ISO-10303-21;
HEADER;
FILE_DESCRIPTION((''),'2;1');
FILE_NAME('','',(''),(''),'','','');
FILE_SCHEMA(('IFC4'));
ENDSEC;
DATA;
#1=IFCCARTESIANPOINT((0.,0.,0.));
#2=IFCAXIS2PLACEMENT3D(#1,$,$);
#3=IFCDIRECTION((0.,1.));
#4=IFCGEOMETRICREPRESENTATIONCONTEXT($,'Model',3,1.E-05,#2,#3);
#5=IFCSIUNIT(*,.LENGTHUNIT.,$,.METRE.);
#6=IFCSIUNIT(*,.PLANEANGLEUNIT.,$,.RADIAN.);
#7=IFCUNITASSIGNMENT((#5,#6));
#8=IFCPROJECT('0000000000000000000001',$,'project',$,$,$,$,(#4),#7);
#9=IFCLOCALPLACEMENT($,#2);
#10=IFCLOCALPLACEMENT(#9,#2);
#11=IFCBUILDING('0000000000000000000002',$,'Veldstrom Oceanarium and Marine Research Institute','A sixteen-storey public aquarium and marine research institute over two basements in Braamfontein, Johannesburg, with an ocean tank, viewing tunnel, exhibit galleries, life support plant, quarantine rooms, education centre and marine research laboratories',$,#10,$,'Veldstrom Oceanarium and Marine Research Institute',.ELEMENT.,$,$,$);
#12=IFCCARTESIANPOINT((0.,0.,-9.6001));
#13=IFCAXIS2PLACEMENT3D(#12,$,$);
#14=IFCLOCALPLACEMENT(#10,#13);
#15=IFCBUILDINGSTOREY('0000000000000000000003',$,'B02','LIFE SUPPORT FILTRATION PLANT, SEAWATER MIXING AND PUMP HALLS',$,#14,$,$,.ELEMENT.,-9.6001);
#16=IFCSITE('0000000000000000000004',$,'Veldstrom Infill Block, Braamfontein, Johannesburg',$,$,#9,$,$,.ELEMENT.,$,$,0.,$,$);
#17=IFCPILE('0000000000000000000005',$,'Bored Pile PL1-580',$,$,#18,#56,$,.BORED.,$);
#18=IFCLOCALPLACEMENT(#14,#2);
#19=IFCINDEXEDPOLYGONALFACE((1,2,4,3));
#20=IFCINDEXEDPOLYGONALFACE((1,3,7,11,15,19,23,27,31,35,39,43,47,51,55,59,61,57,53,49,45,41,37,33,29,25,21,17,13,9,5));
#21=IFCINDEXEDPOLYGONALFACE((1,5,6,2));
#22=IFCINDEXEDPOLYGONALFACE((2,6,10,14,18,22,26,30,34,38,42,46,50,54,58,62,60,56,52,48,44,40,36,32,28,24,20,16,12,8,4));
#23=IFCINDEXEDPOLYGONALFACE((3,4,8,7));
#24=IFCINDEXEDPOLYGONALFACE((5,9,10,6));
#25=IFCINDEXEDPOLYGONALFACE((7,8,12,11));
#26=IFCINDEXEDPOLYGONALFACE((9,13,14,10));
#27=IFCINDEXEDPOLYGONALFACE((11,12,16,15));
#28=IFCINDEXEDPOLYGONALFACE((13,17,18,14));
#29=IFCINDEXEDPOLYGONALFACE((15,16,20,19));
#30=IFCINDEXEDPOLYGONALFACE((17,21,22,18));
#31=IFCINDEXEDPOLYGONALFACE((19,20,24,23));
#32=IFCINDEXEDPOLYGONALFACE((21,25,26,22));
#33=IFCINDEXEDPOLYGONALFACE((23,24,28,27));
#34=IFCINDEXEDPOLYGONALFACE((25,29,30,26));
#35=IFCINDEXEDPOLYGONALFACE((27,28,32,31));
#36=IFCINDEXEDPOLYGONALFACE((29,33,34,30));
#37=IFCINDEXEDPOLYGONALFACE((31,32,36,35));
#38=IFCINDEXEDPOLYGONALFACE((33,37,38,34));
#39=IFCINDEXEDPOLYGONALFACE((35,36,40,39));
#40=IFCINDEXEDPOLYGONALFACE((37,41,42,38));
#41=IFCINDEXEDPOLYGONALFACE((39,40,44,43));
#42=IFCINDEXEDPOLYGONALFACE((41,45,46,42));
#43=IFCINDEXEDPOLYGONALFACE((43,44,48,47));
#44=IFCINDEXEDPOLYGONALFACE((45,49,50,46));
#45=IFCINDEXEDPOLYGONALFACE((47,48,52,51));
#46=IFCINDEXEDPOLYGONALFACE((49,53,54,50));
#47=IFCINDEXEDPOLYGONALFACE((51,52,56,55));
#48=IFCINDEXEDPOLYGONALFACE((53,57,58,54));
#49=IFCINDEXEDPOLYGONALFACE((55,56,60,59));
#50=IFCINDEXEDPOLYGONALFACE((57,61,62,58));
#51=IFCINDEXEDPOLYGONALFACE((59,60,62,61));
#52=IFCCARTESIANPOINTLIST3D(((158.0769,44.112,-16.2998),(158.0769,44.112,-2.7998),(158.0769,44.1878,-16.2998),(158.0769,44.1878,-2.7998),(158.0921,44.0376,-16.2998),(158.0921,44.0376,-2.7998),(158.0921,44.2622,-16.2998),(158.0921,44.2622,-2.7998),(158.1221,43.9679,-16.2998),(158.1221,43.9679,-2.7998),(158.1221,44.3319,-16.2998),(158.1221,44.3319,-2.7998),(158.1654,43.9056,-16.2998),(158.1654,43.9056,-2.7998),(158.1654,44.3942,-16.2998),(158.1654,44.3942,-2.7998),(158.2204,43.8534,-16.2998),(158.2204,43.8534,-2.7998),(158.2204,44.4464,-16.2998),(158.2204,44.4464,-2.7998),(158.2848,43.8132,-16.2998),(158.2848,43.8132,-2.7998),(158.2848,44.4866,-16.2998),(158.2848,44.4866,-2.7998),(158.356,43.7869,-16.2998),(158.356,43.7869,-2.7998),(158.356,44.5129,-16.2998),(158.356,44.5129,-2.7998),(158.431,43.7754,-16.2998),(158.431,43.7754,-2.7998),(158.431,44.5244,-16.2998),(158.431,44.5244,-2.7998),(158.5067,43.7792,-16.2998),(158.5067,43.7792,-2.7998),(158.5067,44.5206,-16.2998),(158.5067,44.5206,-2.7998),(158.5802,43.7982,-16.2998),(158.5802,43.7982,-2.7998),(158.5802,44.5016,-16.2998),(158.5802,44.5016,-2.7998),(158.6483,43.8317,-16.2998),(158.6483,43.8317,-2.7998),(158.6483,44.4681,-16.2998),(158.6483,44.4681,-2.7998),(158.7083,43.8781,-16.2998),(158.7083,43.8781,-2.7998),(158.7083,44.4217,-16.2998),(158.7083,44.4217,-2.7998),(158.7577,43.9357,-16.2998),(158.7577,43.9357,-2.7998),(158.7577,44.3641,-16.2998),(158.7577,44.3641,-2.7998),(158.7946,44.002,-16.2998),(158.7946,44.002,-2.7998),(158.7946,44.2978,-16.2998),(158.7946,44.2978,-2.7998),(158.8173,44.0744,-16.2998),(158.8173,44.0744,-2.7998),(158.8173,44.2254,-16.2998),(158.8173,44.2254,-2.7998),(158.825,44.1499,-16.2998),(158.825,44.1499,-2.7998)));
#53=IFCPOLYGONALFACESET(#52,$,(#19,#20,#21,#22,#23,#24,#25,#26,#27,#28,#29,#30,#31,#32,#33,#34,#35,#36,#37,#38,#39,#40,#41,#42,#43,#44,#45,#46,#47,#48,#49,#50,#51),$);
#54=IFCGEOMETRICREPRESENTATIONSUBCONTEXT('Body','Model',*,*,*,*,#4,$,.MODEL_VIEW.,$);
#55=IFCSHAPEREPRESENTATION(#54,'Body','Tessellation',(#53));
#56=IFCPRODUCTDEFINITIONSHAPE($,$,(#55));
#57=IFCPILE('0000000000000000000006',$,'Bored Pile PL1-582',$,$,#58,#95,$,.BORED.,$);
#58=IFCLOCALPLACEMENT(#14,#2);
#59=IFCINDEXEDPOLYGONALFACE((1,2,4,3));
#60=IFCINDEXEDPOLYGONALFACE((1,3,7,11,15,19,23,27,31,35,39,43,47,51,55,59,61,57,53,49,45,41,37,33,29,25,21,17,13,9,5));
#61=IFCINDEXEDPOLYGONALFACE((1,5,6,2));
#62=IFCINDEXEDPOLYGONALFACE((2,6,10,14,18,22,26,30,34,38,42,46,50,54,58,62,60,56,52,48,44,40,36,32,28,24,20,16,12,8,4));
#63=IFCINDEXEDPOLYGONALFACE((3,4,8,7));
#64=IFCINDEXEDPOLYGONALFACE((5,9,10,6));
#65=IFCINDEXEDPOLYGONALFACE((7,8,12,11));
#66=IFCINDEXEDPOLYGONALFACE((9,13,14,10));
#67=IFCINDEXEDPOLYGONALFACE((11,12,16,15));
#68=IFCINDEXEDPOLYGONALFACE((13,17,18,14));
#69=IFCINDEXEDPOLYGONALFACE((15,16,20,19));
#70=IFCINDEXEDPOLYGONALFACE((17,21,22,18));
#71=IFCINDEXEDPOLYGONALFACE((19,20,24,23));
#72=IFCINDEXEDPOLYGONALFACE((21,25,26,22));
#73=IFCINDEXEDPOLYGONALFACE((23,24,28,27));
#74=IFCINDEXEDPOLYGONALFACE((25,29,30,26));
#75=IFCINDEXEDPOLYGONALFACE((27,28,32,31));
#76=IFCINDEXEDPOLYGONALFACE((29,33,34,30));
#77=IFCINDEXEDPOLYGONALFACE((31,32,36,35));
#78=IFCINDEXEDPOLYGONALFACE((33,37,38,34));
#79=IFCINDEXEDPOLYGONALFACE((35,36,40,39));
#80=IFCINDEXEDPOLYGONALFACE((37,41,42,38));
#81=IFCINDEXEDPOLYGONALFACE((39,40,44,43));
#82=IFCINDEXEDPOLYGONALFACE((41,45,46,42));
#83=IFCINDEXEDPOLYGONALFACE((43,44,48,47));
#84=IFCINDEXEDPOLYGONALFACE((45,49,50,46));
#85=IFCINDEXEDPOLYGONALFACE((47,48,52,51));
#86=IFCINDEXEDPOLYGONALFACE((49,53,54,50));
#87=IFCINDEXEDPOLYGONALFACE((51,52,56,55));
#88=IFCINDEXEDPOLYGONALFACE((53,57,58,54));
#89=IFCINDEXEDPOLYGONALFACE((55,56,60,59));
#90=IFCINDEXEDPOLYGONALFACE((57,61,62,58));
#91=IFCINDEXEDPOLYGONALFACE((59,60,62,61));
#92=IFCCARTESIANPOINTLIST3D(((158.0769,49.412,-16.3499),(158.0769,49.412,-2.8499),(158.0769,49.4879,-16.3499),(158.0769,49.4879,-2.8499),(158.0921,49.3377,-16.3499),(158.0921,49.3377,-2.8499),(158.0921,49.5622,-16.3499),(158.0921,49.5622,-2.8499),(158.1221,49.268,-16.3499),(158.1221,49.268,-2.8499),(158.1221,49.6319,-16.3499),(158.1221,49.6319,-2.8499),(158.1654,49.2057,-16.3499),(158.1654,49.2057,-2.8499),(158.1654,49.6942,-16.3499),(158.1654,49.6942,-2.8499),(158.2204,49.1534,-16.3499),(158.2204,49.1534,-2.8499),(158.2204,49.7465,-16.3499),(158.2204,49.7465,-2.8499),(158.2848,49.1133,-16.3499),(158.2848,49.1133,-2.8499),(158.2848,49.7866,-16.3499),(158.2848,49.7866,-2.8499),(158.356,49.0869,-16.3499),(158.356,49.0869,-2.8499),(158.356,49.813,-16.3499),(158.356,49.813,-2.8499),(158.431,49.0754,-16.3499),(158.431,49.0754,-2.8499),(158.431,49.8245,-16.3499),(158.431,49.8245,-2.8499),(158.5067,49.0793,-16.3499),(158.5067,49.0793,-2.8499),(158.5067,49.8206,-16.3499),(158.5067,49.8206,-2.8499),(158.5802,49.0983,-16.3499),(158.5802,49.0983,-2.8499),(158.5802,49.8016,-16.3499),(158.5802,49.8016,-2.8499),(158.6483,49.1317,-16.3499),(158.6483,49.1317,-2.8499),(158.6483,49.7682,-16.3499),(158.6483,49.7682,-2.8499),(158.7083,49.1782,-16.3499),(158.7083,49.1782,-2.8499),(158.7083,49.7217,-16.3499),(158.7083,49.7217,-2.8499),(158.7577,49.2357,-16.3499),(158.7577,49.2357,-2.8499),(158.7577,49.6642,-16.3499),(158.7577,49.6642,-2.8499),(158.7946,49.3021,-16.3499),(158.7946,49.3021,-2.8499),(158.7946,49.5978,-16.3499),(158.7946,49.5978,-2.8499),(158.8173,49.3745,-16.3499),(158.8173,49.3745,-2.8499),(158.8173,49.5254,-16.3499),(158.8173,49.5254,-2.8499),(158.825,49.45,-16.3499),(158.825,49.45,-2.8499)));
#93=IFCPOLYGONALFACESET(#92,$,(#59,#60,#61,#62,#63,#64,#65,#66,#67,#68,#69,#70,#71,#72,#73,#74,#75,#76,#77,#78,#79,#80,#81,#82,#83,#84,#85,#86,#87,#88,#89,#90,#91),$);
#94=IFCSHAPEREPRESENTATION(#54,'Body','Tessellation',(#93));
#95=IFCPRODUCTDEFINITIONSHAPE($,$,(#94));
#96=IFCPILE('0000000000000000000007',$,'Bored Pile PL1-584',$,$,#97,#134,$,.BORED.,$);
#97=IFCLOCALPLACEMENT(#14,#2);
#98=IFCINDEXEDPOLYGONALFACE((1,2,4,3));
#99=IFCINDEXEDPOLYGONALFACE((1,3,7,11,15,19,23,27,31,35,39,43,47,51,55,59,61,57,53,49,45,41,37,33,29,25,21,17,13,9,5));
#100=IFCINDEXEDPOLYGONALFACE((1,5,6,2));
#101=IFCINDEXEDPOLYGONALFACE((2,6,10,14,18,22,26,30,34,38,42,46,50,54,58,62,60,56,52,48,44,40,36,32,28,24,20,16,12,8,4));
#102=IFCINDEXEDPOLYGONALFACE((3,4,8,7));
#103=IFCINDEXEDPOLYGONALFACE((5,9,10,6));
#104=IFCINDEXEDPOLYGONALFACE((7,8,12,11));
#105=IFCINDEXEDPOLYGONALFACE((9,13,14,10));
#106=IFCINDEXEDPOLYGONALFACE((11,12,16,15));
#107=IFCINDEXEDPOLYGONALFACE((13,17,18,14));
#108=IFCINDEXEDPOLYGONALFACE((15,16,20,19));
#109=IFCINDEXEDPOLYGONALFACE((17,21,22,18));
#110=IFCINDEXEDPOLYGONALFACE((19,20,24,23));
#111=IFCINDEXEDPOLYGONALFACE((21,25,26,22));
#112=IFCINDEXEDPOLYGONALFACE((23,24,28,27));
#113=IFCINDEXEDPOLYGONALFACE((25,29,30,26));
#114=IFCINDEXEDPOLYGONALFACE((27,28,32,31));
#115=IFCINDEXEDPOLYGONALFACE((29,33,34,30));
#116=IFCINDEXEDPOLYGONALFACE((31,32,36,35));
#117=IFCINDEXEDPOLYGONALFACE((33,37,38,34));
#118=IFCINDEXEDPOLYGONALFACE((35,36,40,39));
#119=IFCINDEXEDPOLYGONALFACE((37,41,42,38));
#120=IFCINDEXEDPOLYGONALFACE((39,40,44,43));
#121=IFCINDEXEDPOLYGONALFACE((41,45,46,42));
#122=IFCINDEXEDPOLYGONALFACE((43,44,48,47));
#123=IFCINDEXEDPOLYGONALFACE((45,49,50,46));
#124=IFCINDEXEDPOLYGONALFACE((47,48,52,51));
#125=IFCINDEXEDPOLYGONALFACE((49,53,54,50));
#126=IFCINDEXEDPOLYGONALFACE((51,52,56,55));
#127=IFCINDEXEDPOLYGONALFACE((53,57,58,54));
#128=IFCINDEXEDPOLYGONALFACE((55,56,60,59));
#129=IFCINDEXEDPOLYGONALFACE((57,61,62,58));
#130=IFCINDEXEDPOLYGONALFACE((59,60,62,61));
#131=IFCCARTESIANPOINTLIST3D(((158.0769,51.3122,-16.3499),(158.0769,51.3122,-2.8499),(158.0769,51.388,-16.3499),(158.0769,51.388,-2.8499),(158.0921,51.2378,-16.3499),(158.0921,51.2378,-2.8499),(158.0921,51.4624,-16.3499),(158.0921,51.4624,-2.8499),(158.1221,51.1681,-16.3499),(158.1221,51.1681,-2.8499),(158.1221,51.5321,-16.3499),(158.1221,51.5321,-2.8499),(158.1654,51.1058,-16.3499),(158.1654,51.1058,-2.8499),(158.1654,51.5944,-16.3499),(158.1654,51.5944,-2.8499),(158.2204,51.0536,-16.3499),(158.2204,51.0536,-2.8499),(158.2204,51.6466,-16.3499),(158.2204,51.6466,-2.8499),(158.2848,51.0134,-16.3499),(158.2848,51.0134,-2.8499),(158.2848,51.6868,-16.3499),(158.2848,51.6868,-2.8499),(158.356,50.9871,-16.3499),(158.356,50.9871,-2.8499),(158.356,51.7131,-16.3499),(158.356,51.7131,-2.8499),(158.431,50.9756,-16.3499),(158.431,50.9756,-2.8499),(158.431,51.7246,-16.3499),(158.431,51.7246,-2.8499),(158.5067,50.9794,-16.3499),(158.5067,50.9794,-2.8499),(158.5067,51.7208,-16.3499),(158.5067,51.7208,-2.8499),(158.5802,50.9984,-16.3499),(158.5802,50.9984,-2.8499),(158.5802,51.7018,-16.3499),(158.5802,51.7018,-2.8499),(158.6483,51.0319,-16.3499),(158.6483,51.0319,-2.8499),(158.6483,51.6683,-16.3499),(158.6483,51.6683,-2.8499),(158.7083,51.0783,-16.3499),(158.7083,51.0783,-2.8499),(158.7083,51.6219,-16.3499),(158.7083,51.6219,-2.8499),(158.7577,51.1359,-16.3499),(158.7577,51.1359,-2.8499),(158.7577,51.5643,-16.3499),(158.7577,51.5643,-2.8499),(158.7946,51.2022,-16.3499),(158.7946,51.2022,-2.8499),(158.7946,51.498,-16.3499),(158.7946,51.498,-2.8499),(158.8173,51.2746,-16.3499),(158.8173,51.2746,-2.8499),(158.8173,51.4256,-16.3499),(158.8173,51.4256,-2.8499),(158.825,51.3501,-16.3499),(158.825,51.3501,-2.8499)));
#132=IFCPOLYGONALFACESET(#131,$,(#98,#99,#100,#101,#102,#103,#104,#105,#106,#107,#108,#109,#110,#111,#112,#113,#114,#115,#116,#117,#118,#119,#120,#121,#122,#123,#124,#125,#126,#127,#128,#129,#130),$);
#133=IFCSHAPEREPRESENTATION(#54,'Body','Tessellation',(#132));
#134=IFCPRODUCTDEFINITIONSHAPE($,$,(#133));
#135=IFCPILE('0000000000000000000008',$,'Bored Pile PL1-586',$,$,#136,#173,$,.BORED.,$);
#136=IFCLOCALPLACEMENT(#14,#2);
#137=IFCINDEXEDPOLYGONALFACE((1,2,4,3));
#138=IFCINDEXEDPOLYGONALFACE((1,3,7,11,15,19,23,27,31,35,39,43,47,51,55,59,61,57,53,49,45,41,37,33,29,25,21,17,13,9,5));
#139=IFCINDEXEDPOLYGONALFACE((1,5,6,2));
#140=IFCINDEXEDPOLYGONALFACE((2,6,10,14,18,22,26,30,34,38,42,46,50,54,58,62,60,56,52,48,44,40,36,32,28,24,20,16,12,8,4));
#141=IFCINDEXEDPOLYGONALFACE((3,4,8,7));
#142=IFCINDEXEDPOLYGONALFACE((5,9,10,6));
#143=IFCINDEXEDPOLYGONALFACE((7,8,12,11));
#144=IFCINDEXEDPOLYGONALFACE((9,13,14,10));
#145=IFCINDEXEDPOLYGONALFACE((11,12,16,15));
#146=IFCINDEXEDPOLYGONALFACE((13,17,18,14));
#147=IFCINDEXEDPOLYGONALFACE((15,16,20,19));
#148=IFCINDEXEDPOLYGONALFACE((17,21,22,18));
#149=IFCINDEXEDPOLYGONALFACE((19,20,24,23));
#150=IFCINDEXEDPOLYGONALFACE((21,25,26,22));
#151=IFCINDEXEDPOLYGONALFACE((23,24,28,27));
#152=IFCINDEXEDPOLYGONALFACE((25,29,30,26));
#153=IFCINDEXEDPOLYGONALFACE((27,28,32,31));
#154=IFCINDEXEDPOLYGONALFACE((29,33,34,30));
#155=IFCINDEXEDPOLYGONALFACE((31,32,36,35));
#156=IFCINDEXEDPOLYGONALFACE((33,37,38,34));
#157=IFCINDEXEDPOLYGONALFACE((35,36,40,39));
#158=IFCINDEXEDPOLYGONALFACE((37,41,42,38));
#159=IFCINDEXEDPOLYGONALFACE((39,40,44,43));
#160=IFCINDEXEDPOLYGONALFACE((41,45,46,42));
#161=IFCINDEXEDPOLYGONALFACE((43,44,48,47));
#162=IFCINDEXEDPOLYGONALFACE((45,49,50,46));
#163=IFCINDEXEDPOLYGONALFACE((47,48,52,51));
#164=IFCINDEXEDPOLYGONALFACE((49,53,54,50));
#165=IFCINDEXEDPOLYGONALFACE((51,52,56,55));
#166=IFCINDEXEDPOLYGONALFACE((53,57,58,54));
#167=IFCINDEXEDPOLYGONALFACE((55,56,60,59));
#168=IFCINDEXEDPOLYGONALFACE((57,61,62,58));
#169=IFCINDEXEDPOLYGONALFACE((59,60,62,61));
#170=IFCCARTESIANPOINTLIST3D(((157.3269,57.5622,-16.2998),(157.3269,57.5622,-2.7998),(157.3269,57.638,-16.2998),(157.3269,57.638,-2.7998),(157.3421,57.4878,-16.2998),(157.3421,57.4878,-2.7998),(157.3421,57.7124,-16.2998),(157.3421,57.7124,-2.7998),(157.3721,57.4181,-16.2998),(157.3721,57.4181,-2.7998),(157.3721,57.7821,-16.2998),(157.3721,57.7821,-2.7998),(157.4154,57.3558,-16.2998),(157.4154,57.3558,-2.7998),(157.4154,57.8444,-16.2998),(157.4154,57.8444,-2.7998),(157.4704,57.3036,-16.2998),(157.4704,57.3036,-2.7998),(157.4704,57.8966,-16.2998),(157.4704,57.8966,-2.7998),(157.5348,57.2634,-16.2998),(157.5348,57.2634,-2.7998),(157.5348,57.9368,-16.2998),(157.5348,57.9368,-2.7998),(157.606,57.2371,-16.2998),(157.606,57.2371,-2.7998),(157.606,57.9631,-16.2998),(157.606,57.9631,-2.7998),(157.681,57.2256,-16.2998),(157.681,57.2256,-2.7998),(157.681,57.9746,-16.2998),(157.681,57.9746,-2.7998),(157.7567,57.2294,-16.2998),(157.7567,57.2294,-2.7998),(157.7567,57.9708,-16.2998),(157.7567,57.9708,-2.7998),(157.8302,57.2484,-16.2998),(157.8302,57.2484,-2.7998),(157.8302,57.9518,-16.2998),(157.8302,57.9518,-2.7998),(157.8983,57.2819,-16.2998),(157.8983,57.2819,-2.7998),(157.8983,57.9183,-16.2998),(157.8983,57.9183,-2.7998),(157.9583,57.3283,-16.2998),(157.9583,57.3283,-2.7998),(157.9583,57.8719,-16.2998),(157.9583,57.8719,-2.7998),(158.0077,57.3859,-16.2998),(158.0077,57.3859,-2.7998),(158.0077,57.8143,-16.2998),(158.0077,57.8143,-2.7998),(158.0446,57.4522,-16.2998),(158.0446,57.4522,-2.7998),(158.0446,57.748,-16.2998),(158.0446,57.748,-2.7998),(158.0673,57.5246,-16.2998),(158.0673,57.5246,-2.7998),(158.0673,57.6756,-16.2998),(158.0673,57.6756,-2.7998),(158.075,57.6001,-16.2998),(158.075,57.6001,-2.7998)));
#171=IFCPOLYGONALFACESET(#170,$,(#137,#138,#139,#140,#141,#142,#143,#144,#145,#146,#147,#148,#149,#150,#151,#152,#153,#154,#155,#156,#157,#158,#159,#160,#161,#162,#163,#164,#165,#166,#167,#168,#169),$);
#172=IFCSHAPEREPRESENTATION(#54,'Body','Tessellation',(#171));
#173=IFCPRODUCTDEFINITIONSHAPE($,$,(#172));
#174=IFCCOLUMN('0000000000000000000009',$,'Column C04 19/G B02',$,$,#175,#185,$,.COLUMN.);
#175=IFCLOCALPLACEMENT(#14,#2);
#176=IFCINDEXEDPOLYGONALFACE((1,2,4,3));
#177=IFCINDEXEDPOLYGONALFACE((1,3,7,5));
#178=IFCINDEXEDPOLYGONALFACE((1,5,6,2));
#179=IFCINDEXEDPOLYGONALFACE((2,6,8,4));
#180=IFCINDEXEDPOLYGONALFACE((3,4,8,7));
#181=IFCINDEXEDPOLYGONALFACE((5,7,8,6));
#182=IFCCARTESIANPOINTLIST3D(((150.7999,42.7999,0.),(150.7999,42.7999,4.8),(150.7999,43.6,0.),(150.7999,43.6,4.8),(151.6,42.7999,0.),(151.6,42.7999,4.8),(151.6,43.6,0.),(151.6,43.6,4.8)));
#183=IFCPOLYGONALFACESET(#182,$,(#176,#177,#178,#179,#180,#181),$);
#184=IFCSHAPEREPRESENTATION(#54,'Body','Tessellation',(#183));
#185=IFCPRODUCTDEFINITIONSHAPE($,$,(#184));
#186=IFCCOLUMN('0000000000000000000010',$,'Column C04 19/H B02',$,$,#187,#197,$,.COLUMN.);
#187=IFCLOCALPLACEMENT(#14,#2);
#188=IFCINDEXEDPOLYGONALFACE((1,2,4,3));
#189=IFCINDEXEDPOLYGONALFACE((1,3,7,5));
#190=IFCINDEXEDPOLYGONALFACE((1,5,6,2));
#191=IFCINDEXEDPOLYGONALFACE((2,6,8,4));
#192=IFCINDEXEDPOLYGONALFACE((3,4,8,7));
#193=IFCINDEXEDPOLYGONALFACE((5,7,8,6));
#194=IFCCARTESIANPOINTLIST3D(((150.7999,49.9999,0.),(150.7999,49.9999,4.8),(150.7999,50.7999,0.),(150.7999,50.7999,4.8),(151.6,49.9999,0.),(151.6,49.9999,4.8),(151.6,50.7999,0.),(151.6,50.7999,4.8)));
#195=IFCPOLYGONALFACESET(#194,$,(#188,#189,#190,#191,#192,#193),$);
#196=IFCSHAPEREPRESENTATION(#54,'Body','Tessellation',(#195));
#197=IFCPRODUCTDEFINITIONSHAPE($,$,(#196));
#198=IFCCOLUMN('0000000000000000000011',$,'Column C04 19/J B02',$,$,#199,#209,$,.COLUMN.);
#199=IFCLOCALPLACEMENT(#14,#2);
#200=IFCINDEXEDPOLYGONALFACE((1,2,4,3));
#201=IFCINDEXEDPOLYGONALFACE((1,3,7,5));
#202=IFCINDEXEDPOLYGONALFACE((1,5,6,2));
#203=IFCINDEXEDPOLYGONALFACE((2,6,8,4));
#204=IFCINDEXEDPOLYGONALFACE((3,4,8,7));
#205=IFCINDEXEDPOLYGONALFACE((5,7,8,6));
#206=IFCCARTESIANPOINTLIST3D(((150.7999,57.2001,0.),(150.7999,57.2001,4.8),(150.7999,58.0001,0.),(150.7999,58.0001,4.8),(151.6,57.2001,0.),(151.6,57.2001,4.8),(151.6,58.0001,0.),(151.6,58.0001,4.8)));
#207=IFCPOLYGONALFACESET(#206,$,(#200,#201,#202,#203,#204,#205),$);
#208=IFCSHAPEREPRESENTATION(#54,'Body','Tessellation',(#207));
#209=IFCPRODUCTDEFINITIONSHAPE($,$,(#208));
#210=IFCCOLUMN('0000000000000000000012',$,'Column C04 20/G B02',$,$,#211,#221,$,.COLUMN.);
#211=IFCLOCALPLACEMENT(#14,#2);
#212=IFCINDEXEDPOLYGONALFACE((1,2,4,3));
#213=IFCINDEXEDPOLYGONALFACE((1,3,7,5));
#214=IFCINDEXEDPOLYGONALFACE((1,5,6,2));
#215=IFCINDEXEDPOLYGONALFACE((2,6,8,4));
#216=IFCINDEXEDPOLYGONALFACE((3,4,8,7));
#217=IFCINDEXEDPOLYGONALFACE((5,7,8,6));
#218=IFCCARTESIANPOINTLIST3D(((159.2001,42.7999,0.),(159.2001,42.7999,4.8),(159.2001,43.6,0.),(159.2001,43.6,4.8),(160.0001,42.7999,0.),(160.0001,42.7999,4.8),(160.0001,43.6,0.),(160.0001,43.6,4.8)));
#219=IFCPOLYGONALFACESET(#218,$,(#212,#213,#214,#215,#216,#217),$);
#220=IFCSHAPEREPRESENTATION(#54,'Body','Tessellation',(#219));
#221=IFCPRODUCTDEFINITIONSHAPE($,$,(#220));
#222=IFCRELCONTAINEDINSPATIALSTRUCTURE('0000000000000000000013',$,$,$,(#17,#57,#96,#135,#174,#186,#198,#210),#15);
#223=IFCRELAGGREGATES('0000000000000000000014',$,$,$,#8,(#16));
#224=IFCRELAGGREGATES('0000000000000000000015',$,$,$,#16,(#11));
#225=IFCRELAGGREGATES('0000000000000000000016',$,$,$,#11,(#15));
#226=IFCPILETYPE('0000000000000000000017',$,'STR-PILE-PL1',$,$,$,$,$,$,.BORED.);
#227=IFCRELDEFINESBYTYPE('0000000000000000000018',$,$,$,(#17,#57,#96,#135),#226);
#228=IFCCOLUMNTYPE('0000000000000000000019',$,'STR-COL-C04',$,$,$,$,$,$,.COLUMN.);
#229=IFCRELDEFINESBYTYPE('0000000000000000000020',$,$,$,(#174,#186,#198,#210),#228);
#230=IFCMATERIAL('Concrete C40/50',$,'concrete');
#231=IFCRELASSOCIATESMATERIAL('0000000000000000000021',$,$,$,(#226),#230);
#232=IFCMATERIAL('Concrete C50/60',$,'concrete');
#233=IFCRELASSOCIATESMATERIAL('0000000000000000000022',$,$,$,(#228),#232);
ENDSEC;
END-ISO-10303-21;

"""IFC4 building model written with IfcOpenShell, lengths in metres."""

from ifc_helpers import new_model, si_unit, direction, frame, origin, origin_2d, place, context, subcontext, project, spatial, rectangle, circle, extrude, material, material_profile, profile_set, type_object, element, save


model = new_model("IFC4")

# Units and contexts
model_context = context("Model", 3, precision=1e-05, world=origin(), true_north=direction((0.0, 1.0)))
body_context = subcontext(model_context, "Body", "Model", "MODEL_VIEW")
ifc_project = project(units=[si_unit("LENGTHUNIT", "METRE"), si_unit("PLANEANGLEUNIT", "RADIAN")], contexts=[model_context])

# Site, building, storey
site_placement = place(None, origin())
site = spatial("IfcSite", under=ifc_project, at=site_placement, Name="Veldstrom Infill Block, Braamfontein, Johannesburg", CompositionType="ELEMENT", RefElevation=0.0)
building_placement = place(site_placement, origin())
building = spatial("IfcBuilding", under=site, at=building_placement, Name="Veldstrom Oceanarium and Marine Research Institute", Description="A sixteen-storey public aquarium and marine research institute over two basements in Braamfontein, Johannesburg, with an ocean tank, viewing tunnel, exhibit galleries, life support plant, quarantine rooms, education centre and marine research laboratories", LongName="Veldstrom Oceanarium and Marine Research Institute", CompositionType="ELEMENT")
storey_placement = place(building_placement, frame((0.0, 0.0, -9.6001)))
storey = spatial("IfcBuildingStorey", under=building, at=storey_placement, Name="B02", Description="LIFE SUPPORT FILTRATION PLANT, SEAWATER MIXING AND PUMP HALLS", CompositionType="ELEMENT", Elevation=-9.6001)

# Piles
ifc_material_1 = material(Name="Concrete C40/50", Category="concrete")
ifc_material_profile_1 = material_profile(ifc_material_1, circle(Radius=0.375, at=origin_2d()), Name="PILE-D750")
ifc_profile_set_1 = profile_set([ifc_material_profile_1], Name="Concrete C40/50")
pile_type = type_object("IfcPileType", Name="STR-PILE-PL1", PredefinedType="BORED", material=ifc_profile_set_1)
for number, where, z_axis, x_axis, name in (
    (1, (158.45, 44.1499, -2.7998), (0.0, 0.0, -1.0), (1.0, 0.0, 0.0), "Bored Pile PL1-580"),
    (2, (158.45, 49.45, -2.8499), (0.0, 0.0, -1.0), (1.0, 0.0, 0.0), "Bored Pile PL1-582"),
    (3, (158.45, 51.3501, -2.8499), (0.0, 0.0, -1.0), (1.0, 0.0, 0.0), "Bored Pile PL1-584"),
    (4, (157.7, 57.6001, -2.7998), (0.0, 0.0, -1.0), (1.0, 0.0, 0.0), "Bored Pile PL1-586"),
):
    element("IfcPile", number, at=place(storey_placement, frame(where, z_axis=z_axis, x_axis=x_axis)), inside=storey, type_object=pile_type, Name=name, PredefinedType="BORED", context=body_context, shape_type="SweptSolid", body=[
        extrude(circle(Radius=0.375, at=origin_2d()), origin(), (0.0, 0.0, 1.0), 13.5),
    ])

# Columns
ifc_material_2 = material(Name="Concrete C50/60", Category="concrete")
ifc_material_profile_2 = material_profile(ifc_material_2, rectangle(XDim=0.8, YDim=0.8, at=origin_2d()), Name="RC-COL-800x800")
ifc_profile_set_2 = profile_set([ifc_material_profile_2], Name="Concrete C50/60")
column_type = type_object("IfcColumnType", Name="STR-COL-C04", PredefinedType="COLUMN", material=ifc_profile_set_2)
for number, where, z_axis, x_axis, name in (
    (5, (151.2, 43.2, 0.0), (0.0, 0.0, 1.0), (1.0, 0.0, 0.0), "Column C04 19/G B02"),
    (6, (151.2, 50.3999, 0.0), (0.0, 0.0, 1.0), (1.0, 0.0, 0.0), "Column C04 19/H B02"),
    (7, (151.2, 57.6001, 0.0), (0.0, 0.0, 1.0), (1.0, 0.0, 0.0), "Column C04 19/J B02"),
    (8, (159.6001, 43.2, 0.0), (0.0, 0.0, 1.0), (1.0, 0.0, 0.0), "Column C04 20/G B02"),
):
    element("IfcColumn", number, at=place(storey_placement, frame(where, z_axis=z_axis, x_axis=x_axis)), inside=storey, type_object=column_type, Name=name, PredefinedType="COLUMN", context=body_context, shape_type="SweptSolid", body=[
        extrude(rectangle(XDim=0.8, YDim=0.8, at=origin_2d()), origin(), (0.0, 0.0, 1.0), 4.8),
    ])

save(model, "model.ifc")
